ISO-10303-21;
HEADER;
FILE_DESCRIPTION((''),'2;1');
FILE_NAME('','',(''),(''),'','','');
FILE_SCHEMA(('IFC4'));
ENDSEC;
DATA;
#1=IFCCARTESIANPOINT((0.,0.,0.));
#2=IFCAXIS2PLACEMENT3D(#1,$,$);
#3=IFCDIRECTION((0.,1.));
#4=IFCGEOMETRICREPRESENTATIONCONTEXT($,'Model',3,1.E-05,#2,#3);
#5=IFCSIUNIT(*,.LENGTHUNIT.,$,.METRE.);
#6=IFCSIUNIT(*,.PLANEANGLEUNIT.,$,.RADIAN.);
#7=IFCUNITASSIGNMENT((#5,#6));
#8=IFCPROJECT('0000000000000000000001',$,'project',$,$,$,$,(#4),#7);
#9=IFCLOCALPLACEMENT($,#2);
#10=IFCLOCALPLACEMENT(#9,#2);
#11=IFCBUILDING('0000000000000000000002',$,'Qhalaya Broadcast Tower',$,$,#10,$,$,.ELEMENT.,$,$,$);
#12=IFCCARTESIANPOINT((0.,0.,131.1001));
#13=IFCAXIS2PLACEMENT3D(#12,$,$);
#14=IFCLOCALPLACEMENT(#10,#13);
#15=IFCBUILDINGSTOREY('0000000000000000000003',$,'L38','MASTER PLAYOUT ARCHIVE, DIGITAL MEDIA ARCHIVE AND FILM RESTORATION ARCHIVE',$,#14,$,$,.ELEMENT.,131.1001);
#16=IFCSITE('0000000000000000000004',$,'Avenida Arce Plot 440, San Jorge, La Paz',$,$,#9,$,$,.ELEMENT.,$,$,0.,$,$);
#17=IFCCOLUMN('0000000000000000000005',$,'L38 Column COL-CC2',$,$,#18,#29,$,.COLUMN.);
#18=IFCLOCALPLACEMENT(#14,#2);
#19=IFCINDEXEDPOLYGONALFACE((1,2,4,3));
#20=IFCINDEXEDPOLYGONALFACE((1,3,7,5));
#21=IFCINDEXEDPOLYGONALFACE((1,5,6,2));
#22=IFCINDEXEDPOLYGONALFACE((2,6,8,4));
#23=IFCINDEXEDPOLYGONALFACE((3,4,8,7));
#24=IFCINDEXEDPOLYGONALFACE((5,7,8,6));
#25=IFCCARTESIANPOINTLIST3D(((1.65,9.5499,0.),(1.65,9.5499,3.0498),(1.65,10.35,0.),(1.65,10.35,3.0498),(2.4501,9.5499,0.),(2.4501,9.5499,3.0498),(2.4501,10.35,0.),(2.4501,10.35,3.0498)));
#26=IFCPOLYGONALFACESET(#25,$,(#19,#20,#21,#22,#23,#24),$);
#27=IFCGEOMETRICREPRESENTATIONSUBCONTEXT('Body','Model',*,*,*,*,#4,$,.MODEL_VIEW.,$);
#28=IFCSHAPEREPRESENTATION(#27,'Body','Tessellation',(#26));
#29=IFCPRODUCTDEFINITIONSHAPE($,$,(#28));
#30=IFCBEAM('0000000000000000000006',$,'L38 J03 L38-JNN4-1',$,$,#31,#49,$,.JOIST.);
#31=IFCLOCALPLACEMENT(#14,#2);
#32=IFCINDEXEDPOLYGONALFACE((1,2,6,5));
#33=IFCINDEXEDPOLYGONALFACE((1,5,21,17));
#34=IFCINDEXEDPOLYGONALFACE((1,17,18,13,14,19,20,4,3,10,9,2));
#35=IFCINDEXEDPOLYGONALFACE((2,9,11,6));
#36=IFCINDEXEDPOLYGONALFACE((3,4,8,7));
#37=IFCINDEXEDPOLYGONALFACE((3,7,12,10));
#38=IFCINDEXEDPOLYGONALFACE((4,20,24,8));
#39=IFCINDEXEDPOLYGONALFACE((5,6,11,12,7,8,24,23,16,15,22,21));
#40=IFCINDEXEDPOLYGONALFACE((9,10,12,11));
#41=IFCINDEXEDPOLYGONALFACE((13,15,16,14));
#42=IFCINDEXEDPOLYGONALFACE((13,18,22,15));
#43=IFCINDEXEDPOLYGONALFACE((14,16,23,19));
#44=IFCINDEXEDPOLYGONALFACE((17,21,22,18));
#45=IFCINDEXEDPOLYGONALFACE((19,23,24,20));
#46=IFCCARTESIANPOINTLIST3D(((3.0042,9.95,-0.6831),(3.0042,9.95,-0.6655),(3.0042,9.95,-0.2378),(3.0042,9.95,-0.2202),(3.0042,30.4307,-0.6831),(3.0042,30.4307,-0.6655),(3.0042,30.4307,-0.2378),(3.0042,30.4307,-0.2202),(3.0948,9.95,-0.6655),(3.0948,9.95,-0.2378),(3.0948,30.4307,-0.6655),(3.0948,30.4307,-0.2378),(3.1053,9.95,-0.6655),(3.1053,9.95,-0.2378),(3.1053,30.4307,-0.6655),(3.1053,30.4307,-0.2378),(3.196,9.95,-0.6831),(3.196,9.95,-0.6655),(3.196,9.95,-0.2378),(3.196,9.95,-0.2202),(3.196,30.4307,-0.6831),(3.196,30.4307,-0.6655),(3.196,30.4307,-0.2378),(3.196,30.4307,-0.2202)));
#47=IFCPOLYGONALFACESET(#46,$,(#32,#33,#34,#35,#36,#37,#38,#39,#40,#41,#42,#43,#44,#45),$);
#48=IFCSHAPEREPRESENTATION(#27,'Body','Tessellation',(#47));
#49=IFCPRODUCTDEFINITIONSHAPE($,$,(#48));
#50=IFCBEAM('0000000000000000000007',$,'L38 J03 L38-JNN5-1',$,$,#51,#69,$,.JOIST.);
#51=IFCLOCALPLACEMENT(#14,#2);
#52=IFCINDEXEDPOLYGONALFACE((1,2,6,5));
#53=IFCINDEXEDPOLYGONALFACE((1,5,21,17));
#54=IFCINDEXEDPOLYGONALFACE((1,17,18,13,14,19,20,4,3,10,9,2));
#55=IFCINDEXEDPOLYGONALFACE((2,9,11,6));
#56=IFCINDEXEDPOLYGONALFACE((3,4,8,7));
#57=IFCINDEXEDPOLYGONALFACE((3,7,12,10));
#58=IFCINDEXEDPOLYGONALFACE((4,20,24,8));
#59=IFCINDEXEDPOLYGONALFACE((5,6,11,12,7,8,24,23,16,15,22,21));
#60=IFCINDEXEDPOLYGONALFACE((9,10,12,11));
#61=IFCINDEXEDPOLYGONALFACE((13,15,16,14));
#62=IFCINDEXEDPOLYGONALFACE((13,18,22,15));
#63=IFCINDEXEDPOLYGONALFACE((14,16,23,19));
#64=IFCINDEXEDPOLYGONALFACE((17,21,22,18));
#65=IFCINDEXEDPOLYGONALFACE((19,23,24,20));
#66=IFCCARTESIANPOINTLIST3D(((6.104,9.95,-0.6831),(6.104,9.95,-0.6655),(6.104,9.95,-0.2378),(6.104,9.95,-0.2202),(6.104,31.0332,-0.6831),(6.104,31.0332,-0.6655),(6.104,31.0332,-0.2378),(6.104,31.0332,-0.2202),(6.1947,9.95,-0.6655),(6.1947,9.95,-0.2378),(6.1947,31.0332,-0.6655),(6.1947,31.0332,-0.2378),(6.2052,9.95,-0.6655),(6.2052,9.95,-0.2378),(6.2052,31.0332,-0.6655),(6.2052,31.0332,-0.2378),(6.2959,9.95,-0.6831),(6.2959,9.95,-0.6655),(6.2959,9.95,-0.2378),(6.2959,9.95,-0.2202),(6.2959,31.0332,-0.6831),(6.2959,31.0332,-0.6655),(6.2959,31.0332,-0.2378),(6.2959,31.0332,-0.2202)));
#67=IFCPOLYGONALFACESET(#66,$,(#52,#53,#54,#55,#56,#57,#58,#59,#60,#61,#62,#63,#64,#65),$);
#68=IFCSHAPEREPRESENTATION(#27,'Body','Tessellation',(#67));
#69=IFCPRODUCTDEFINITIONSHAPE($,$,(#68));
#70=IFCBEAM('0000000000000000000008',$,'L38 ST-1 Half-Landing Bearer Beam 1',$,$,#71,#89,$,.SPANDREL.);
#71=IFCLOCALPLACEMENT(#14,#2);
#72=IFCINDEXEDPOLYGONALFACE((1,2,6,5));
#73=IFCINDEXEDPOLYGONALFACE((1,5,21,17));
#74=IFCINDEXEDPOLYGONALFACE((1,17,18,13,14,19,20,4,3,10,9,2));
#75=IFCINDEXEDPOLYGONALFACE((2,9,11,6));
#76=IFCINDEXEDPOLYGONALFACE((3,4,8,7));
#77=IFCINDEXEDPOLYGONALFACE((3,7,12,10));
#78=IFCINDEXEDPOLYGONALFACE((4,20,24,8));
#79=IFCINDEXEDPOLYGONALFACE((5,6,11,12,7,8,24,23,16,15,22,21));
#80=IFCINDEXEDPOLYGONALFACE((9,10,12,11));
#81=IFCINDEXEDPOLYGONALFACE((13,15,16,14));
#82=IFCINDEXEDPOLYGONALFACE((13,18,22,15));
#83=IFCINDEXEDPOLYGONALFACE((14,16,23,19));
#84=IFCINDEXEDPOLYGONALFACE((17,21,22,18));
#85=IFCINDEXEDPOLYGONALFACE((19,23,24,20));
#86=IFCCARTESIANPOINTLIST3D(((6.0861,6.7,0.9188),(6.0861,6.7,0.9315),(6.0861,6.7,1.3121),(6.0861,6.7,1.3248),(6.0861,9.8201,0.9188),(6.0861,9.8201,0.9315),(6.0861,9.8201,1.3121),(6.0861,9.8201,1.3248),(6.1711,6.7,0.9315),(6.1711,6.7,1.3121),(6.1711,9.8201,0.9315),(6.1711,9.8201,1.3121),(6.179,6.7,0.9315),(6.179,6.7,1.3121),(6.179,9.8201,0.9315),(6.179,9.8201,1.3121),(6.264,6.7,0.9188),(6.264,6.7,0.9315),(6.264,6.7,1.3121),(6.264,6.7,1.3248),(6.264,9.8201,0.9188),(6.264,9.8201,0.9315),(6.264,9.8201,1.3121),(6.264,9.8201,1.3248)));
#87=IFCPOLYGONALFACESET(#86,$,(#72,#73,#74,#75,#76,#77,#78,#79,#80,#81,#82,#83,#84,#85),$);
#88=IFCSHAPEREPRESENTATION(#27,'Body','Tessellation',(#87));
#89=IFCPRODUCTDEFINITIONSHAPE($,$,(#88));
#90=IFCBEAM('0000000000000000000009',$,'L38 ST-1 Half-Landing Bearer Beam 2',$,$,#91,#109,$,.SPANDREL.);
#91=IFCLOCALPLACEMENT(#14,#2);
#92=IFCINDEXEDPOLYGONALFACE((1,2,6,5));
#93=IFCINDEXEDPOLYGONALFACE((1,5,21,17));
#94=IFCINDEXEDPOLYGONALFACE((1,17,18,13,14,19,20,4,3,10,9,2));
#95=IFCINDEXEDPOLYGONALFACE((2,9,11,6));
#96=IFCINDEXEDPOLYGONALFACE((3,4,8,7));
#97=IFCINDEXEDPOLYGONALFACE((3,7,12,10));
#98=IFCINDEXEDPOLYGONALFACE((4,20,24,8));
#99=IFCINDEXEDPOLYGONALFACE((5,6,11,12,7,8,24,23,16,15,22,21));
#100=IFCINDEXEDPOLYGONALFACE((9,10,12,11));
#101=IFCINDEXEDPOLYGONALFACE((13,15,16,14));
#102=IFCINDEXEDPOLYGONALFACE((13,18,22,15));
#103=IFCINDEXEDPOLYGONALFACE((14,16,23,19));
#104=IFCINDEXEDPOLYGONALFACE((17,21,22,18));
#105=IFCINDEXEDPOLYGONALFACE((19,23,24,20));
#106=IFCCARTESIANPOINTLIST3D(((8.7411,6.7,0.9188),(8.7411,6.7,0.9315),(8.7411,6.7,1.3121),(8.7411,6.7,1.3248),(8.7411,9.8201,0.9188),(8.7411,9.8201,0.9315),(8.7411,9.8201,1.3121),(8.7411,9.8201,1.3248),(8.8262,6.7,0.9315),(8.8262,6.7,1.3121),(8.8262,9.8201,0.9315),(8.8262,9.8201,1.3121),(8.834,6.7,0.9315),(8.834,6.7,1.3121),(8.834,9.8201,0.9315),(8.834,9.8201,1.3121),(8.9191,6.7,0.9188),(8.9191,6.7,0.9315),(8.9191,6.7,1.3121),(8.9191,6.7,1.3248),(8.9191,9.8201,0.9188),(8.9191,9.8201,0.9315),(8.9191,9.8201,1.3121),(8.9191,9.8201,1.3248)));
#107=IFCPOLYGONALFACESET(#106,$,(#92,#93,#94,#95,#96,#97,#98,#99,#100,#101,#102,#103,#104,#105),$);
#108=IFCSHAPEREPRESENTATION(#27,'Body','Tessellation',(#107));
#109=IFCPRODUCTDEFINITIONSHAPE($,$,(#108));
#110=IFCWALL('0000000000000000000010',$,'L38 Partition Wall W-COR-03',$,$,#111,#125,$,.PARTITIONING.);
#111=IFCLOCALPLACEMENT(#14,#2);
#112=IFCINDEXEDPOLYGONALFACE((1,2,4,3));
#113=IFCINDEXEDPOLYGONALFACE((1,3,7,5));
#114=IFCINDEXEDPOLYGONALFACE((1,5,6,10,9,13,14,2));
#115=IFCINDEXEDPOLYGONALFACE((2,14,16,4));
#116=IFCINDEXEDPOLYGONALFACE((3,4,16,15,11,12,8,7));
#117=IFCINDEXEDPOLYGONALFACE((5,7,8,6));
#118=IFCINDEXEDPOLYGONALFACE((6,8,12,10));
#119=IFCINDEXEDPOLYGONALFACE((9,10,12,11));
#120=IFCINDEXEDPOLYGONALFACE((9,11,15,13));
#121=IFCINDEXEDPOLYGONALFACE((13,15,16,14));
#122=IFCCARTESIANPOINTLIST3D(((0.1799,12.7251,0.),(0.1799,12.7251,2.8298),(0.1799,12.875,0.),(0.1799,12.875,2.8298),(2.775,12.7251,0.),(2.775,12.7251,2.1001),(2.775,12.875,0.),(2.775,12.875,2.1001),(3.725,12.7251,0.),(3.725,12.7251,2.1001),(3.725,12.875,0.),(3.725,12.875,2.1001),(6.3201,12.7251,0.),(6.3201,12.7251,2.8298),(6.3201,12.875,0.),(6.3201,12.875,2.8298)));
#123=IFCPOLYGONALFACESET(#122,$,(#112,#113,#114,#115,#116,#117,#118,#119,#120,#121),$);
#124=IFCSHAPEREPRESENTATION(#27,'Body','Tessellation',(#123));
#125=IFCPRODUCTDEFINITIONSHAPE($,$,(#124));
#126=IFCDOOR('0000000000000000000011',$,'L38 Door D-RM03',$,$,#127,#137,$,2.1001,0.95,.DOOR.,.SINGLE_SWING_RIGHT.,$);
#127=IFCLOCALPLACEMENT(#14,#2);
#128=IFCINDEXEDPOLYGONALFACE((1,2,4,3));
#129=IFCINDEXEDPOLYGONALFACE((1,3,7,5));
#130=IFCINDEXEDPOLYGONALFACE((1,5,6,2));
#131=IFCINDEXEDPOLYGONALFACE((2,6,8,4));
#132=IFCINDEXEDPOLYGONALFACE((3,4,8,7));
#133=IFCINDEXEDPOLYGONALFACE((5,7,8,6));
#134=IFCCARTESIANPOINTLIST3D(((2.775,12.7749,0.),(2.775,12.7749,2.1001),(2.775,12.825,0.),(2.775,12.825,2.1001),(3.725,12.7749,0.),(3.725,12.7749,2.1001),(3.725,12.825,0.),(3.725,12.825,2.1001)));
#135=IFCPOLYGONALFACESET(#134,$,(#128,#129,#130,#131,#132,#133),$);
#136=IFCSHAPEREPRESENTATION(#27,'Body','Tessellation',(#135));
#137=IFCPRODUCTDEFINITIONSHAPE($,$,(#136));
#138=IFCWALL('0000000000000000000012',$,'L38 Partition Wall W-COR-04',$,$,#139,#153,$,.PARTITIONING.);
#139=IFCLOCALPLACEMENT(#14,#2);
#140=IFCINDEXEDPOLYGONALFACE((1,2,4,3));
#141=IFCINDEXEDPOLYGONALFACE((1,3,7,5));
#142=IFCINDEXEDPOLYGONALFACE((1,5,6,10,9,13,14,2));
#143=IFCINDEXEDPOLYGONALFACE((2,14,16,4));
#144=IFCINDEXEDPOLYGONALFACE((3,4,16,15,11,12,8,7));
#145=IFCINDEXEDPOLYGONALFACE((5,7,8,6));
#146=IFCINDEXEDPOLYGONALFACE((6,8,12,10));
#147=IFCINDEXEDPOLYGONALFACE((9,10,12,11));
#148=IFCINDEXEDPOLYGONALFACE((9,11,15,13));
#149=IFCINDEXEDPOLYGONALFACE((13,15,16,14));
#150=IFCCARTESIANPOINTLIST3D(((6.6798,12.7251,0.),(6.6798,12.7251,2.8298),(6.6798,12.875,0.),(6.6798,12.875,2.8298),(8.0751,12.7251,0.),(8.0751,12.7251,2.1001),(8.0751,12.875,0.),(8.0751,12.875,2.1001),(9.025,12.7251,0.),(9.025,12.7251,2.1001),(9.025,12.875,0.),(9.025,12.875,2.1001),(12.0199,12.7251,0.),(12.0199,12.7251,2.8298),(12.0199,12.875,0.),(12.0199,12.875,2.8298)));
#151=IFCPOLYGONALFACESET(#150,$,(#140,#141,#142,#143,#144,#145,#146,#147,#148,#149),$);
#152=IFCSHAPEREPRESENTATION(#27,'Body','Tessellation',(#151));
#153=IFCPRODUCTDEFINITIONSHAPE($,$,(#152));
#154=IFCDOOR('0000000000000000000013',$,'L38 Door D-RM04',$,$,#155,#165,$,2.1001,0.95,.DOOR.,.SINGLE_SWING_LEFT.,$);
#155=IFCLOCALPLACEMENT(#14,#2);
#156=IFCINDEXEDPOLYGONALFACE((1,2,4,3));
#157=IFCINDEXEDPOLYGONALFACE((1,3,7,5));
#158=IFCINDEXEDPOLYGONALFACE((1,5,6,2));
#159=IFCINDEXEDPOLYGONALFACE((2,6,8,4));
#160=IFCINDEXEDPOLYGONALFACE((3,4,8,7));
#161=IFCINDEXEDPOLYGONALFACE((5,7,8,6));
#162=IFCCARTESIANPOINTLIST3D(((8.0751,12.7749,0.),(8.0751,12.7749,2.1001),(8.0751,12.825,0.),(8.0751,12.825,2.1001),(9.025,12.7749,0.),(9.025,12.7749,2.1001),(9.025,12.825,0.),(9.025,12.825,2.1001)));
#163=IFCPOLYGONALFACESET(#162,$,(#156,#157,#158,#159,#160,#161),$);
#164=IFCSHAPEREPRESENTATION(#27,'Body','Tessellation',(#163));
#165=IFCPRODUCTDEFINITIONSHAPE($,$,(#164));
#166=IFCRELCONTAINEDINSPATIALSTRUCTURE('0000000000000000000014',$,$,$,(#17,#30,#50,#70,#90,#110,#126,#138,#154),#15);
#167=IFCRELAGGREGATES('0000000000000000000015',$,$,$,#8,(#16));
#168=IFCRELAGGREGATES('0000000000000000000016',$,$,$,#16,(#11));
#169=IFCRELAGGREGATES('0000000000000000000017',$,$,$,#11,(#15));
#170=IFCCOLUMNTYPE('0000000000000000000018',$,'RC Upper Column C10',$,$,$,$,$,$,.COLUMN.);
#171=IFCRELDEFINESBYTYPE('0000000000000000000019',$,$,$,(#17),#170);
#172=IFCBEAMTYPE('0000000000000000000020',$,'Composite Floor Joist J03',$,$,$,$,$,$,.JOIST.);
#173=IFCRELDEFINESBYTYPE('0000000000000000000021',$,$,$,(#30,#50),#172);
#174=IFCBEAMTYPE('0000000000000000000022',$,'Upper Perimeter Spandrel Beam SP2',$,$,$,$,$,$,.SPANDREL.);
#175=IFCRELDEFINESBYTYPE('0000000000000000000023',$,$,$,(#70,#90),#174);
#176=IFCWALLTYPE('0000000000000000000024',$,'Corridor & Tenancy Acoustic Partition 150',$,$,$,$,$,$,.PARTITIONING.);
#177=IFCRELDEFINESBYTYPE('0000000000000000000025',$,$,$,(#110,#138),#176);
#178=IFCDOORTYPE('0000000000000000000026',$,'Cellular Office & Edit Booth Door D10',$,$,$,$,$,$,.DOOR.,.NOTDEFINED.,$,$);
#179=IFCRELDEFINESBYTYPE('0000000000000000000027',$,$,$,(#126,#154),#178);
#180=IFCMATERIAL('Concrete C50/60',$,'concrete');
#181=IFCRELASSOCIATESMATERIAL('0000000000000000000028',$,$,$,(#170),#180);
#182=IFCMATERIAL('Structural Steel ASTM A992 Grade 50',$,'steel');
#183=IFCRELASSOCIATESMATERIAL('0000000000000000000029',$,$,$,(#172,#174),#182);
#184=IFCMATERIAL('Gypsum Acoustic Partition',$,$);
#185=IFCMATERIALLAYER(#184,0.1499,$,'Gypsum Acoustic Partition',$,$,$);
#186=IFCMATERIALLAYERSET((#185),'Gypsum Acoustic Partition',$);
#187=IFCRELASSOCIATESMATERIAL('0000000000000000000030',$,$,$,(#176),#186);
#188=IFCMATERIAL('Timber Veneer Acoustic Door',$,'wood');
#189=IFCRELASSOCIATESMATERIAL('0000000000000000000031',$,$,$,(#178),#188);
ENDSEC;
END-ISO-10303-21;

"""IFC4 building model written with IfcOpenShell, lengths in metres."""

from ifc_helpers import new_model, si_unit, direction, frame, frame_2d, origin, origin_2d, place, context, subcontext, project, spatial, rectangle, i_section, extrude, material, layer, layer_set, material_profile, profile_set, type_object, element, fill, save


model = new_model("IFC4")

# Units and contexts
model_context = context("Model", 3, precision=1e-05, world=origin(), true_north=direction((0.0, 1.0)))
body_context = subcontext(model_context, "Body", "Model", "MODEL_VIEW")
ifc_project = project(units=[si_unit("LENGTHUNIT", "METRE"), si_unit("PLANEANGLEUNIT", "RADIAN")], contexts=[model_context])

# Site, building, storey
site_placement = place(None, origin())
site = spatial("IfcSite", under=ifc_project, at=site_placement, Name="Avenida Arce Plot 440, San Jorge, La Paz", CompositionType="ELEMENT", RefElevation=0.0)
building_placement = place(site_placement, origin())
building = spatial("IfcBuilding", under=site, at=building_placement, Name="Qhalaya Broadcast Tower", CompositionType="ELEMENT")
storey_placement = place(building_placement, frame((0.0, 0.0, 131.1001)))
storey = spatial("IfcBuildingStorey", under=building, at=storey_placement, Name="L38", Description="MASTER PLAYOUT ARCHIVE, DIGITAL MEDIA ARCHIVE AND FILM RESTORATION ARCHIVE", CompositionType="ELEMENT", Elevation=131.1001)

# Column
ifc_material_1 = material(Name="Concrete C50/60", Category="concrete")
ifc_material_profile_1 = material_profile(ifc_material_1, rectangle(XDim=0.8, YDim=0.8, at=origin_2d()), Name="RC-COL 800x800")
ifc_profile_set_1 = profile_set([ifc_material_profile_1], Name="Concrete C50/60")
column_type = type_object("IfcColumnType", Name="RC Upper Column C10", PredefinedType="COLUMN", material=ifc_profile_set_1)
column_placement = place(storey_placement, frame((2.05, 9.95, 0.0), z_axis=(0.0, 0.0, 1.0), x_axis=(1.0, 0.0, 0.0)))
element("IfcColumn", 1, at=column_placement, inside=storey, type_object=column_type, Name="L38 Column COL-CC2", PredefinedType="COLUMN", context=body_context, shape_type="SweptSolid", body=[
    extrude(rectangle(XDim=0.8, YDim=0.8, at=origin_2d()), origin(), (0.0, 0.0, 1.0), 3.0498),
])

# Beams
ifc_material_2 = material(Name="Structural Steel ASTM A992 Grade 50", Category="steel")
ifc_material_profile_2 = material_profile(ifc_material_2, i_section(OverallWidth=0.1919, OverallDepth=0.4629, WebThickness=0.0105, FlangeThickness=0.0176, at=origin_2d()), Name="W18X60")
ifc_profile_set_2 = profile_set([ifc_material_profile_2], Name="Structural Steel ASTM A992 Grade 50")
beam_type_1 = type_object("IfcBeamType", Name="Composite Floor Joist J03", PredefinedType="JOIST", material=ifc_profile_set_2)
beam_1_placement = place(storey_placement, frame((3.1001, 9.95, -0.4517), z_axis=(0.0, 1.0, 0.0), x_axis=(-1.0, 0.0, 0.0)))
element("IfcBeam", 2, at=beam_1_placement, inside=storey, type_object=beam_type_1, Name="L38 J03 L38-JNN4-1", PredefinedType="JOIST", context=body_context, shape_type="SweptSolid", body=[
    extrude(i_section(OverallWidth=0.1919, OverallDepth=0.4629, WebThickness=0.0105, FlangeThickness=0.0176, at=origin_2d()), origin(), (0.0, 0.0, 1.0), 20.4807),
])
beam_2_placement = place(storey_placement, frame((6.2, 9.95, -0.4517), z_axis=(0.0, 1.0, 0.0), x_axis=(-1.0, 0.0, 0.0)))
element("IfcBeam", 3, at=beam_2_placement, inside=storey, type_object=beam_type_1, Name="L38 J03 L38-JNN5-1", PredefinedType="JOIST", context=body_context, shape_type="SweptSolid", body=[
    extrude(i_section(OverallWidth=0.1919, OverallDepth=0.4629, WebThickness=0.0105, FlangeThickness=0.0176, at=origin_2d()), origin(), (0.0, 0.0, 1.0), 21.0833),
])
ifc_material_profile_3 = material_profile(ifc_material_2, i_section(OverallWidth=0.178, OverallDepth=0.406, WebThickness=0.0078, FlangeThickness=0.0127, at=origin_2d()), Name="W16X40")
ifc_profile_set_3 = profile_set([ifc_material_profile_3], Name="Structural Steel ASTM A992 Grade 50")
beam_type_2 = type_object("IfcBeamType", Name="Upper Perimeter Spandrel Beam SP2", PredefinedType="SPANDREL", material=ifc_profile_set_3)
for number, where, z_axis, x_axis, name in (
    (4, (6.175, 6.7, 1.1218), (0.0, 1.0, 0.0), (-1.0, 0.0, 0.0), "L38 ST-1 Half-Landing Bearer Beam 1"),
    (5, (8.8301, 6.7, 1.1218), (0.0, 1.0, 0.0), (-1.0, 0.0, 0.0), "L38 ST-1 Half-Landing Bearer Beam 2"),
):
    element("IfcBeam", number, at=place(storey_placement, frame(where, z_axis=z_axis, x_axis=x_axis)), inside=storey, type_object=beam_type_2, Name=name, PredefinedType="SPANDREL", context=body_context, shape_type="SweptSolid", body=[
        extrude(i_section(OverallWidth=0.178, OverallDepth=0.406, WebThickness=0.0078, FlangeThickness=0.0127, at=origin_2d()), origin(), (0.0, 0.0, 1.0), 3.1201),
    ])

# Walls, openings, doors
ifc_material_3 = material(Name="Gypsum Acoustic Partition")
ifc_layer_1 = layer(ifc_material_3, 0.1499, Name="Gypsum Acoustic Partition")
ifc_layer_set_1 = layer_set([ifc_layer_1], Name="Gypsum Acoustic Partition")
wall_type_1 = type_object("IfcWallType", Name="Corridor & Tenancy Acoustic Partition 150", PredefinedType="PARTITIONING", material=ifc_layer_set_1)
wall_1_placement = place(storey_placement, frame((0.1799, 12.8, 0.0), z_axis=(0.0, 0.0, 1.0), x_axis=(1.0, 0.0, 0.0)))
wall_1 = element("IfcWall", 6, at=wall_1_placement, inside=storey, type_object=wall_type_1, Name="L38 Partition Wall W-COR-03", PredefinedType="PARTITIONING", context=body_context, shape_type="SweptSolid", body=[
    extrude(rectangle(XDim=6.1401, YDim=0.1499, at=frame_2d((3.0701, 0.0))), origin(), (0.0, 0.0, 1.0), 2.8298),
])
opening_1_placement = place(wall_1_placement, frame((2.595, 0.0, 0.0)))
opening_1 = element("IfcOpeningElement", 7, at=opening_1_placement, cuts=wall_1, PredefinedType="OPENING", context=body_context, shape_type="SweptSolid", body=[
    extrude(rectangle(XDim=0.95, YDim=2.1001, at=frame_2d((0.4751, 1.05))), frame((0.0, 0.0869, 0.0), z_axis=(0.0, -1.0, 0.0), x_axis=(1.0, 0.0, 0.0)), (0.0, 0.0, 1.0), 0.1738),
])
ifc_material_4 = material(Name="Timber Veneer Acoustic Door", Category="wood")
door_type_1 = type_object("IfcDoorType", Name="Cellular Office & Edit Booth Door D10", OperationType="NOTDEFINED", PredefinedType="DOOR", material=ifc_material_4)
door_1_placement = place(opening_1_placement, origin())
door_1 = element("IfcDoor", 8, at=door_1_placement, inside=storey, type_object=door_type_1, Name="L38 Door D-RM03", OperationType="SINGLE_SWING_RIGHT", OverallHeight=2.1001, OverallWidth=0.95, PredefinedType="DOOR", context=body_context, shape_type="SweptSolid", body=[
    extrude(rectangle(XDim=0.95, YDim=2.1001, at=frame_2d((0.4751, 1.05))), frame((0.0, 0.0249, 0.0), z_axis=(0.0, -1.0, 0.0), x_axis=(1.0, 0.0, 0.0)), (0.0, 0.0, 1.0), 0.05),
])
fill(opening_1, door_1)
wall_2_placement = place(storey_placement, frame((6.6799, 12.8, 0.0), z_axis=(0.0, 0.0, 1.0), x_axis=(1.0, 0.0, 0.0)))
wall_2 = element("IfcWall", 9, at=wall_2_placement, inside=storey, type_object=wall_type_1, Name="L38 Partition Wall W-COR-04", PredefinedType="PARTITIONING", context=body_context, shape_type="SweptSolid", body=[
    extrude(rectangle(XDim=5.3401, YDim=0.1499, at=frame_2d((2.6699, 0.0))), origin(), (0.0, 0.0, 1.0), 2.8298),
])
opening_2_placement = place(wall_2_placement, frame((1.395, 0.0, 0.0)))
opening_2 = element("IfcOpeningElement", 10, at=opening_2_placement, cuts=wall_2, PredefinedType="OPENING", context=body_context, shape_type="SweptSolid", body=[
    extrude(rectangle(XDim=0.95, YDim=2.1001, at=frame_2d((0.4751, 1.05))), frame((0.0, 0.0869, 0.0), z_axis=(0.0, -1.0, 0.0), x_axis=(1.0, 0.0, 0.0)), (0.0, 0.0, 1.0), 0.1738),
])
door_2_placement = place(opening_2_placement, origin())
door_2 = element("IfcDoor", 11, at=door_2_placement, inside=storey, type_object=door_type_1, Name="L38 Door D-RM04", OperationType="SINGLE_SWING_LEFT", OverallHeight=2.1001, OverallWidth=0.95, PredefinedType="DOOR", context=body_context, shape_type="SweptSolid", body=[
    extrude(rectangle(XDim=0.95, YDim=2.1001, at=frame_2d((0.4751, 1.05))), frame((0.0, 0.0249, 0.0), z_axis=(0.0, -1.0, 0.0), x_axis=(1.0, 0.0, 0.0)), (0.0, 0.0, 1.0), 0.05),
])
fill(opening_2, door_2)

save(model, "model.ifc")
